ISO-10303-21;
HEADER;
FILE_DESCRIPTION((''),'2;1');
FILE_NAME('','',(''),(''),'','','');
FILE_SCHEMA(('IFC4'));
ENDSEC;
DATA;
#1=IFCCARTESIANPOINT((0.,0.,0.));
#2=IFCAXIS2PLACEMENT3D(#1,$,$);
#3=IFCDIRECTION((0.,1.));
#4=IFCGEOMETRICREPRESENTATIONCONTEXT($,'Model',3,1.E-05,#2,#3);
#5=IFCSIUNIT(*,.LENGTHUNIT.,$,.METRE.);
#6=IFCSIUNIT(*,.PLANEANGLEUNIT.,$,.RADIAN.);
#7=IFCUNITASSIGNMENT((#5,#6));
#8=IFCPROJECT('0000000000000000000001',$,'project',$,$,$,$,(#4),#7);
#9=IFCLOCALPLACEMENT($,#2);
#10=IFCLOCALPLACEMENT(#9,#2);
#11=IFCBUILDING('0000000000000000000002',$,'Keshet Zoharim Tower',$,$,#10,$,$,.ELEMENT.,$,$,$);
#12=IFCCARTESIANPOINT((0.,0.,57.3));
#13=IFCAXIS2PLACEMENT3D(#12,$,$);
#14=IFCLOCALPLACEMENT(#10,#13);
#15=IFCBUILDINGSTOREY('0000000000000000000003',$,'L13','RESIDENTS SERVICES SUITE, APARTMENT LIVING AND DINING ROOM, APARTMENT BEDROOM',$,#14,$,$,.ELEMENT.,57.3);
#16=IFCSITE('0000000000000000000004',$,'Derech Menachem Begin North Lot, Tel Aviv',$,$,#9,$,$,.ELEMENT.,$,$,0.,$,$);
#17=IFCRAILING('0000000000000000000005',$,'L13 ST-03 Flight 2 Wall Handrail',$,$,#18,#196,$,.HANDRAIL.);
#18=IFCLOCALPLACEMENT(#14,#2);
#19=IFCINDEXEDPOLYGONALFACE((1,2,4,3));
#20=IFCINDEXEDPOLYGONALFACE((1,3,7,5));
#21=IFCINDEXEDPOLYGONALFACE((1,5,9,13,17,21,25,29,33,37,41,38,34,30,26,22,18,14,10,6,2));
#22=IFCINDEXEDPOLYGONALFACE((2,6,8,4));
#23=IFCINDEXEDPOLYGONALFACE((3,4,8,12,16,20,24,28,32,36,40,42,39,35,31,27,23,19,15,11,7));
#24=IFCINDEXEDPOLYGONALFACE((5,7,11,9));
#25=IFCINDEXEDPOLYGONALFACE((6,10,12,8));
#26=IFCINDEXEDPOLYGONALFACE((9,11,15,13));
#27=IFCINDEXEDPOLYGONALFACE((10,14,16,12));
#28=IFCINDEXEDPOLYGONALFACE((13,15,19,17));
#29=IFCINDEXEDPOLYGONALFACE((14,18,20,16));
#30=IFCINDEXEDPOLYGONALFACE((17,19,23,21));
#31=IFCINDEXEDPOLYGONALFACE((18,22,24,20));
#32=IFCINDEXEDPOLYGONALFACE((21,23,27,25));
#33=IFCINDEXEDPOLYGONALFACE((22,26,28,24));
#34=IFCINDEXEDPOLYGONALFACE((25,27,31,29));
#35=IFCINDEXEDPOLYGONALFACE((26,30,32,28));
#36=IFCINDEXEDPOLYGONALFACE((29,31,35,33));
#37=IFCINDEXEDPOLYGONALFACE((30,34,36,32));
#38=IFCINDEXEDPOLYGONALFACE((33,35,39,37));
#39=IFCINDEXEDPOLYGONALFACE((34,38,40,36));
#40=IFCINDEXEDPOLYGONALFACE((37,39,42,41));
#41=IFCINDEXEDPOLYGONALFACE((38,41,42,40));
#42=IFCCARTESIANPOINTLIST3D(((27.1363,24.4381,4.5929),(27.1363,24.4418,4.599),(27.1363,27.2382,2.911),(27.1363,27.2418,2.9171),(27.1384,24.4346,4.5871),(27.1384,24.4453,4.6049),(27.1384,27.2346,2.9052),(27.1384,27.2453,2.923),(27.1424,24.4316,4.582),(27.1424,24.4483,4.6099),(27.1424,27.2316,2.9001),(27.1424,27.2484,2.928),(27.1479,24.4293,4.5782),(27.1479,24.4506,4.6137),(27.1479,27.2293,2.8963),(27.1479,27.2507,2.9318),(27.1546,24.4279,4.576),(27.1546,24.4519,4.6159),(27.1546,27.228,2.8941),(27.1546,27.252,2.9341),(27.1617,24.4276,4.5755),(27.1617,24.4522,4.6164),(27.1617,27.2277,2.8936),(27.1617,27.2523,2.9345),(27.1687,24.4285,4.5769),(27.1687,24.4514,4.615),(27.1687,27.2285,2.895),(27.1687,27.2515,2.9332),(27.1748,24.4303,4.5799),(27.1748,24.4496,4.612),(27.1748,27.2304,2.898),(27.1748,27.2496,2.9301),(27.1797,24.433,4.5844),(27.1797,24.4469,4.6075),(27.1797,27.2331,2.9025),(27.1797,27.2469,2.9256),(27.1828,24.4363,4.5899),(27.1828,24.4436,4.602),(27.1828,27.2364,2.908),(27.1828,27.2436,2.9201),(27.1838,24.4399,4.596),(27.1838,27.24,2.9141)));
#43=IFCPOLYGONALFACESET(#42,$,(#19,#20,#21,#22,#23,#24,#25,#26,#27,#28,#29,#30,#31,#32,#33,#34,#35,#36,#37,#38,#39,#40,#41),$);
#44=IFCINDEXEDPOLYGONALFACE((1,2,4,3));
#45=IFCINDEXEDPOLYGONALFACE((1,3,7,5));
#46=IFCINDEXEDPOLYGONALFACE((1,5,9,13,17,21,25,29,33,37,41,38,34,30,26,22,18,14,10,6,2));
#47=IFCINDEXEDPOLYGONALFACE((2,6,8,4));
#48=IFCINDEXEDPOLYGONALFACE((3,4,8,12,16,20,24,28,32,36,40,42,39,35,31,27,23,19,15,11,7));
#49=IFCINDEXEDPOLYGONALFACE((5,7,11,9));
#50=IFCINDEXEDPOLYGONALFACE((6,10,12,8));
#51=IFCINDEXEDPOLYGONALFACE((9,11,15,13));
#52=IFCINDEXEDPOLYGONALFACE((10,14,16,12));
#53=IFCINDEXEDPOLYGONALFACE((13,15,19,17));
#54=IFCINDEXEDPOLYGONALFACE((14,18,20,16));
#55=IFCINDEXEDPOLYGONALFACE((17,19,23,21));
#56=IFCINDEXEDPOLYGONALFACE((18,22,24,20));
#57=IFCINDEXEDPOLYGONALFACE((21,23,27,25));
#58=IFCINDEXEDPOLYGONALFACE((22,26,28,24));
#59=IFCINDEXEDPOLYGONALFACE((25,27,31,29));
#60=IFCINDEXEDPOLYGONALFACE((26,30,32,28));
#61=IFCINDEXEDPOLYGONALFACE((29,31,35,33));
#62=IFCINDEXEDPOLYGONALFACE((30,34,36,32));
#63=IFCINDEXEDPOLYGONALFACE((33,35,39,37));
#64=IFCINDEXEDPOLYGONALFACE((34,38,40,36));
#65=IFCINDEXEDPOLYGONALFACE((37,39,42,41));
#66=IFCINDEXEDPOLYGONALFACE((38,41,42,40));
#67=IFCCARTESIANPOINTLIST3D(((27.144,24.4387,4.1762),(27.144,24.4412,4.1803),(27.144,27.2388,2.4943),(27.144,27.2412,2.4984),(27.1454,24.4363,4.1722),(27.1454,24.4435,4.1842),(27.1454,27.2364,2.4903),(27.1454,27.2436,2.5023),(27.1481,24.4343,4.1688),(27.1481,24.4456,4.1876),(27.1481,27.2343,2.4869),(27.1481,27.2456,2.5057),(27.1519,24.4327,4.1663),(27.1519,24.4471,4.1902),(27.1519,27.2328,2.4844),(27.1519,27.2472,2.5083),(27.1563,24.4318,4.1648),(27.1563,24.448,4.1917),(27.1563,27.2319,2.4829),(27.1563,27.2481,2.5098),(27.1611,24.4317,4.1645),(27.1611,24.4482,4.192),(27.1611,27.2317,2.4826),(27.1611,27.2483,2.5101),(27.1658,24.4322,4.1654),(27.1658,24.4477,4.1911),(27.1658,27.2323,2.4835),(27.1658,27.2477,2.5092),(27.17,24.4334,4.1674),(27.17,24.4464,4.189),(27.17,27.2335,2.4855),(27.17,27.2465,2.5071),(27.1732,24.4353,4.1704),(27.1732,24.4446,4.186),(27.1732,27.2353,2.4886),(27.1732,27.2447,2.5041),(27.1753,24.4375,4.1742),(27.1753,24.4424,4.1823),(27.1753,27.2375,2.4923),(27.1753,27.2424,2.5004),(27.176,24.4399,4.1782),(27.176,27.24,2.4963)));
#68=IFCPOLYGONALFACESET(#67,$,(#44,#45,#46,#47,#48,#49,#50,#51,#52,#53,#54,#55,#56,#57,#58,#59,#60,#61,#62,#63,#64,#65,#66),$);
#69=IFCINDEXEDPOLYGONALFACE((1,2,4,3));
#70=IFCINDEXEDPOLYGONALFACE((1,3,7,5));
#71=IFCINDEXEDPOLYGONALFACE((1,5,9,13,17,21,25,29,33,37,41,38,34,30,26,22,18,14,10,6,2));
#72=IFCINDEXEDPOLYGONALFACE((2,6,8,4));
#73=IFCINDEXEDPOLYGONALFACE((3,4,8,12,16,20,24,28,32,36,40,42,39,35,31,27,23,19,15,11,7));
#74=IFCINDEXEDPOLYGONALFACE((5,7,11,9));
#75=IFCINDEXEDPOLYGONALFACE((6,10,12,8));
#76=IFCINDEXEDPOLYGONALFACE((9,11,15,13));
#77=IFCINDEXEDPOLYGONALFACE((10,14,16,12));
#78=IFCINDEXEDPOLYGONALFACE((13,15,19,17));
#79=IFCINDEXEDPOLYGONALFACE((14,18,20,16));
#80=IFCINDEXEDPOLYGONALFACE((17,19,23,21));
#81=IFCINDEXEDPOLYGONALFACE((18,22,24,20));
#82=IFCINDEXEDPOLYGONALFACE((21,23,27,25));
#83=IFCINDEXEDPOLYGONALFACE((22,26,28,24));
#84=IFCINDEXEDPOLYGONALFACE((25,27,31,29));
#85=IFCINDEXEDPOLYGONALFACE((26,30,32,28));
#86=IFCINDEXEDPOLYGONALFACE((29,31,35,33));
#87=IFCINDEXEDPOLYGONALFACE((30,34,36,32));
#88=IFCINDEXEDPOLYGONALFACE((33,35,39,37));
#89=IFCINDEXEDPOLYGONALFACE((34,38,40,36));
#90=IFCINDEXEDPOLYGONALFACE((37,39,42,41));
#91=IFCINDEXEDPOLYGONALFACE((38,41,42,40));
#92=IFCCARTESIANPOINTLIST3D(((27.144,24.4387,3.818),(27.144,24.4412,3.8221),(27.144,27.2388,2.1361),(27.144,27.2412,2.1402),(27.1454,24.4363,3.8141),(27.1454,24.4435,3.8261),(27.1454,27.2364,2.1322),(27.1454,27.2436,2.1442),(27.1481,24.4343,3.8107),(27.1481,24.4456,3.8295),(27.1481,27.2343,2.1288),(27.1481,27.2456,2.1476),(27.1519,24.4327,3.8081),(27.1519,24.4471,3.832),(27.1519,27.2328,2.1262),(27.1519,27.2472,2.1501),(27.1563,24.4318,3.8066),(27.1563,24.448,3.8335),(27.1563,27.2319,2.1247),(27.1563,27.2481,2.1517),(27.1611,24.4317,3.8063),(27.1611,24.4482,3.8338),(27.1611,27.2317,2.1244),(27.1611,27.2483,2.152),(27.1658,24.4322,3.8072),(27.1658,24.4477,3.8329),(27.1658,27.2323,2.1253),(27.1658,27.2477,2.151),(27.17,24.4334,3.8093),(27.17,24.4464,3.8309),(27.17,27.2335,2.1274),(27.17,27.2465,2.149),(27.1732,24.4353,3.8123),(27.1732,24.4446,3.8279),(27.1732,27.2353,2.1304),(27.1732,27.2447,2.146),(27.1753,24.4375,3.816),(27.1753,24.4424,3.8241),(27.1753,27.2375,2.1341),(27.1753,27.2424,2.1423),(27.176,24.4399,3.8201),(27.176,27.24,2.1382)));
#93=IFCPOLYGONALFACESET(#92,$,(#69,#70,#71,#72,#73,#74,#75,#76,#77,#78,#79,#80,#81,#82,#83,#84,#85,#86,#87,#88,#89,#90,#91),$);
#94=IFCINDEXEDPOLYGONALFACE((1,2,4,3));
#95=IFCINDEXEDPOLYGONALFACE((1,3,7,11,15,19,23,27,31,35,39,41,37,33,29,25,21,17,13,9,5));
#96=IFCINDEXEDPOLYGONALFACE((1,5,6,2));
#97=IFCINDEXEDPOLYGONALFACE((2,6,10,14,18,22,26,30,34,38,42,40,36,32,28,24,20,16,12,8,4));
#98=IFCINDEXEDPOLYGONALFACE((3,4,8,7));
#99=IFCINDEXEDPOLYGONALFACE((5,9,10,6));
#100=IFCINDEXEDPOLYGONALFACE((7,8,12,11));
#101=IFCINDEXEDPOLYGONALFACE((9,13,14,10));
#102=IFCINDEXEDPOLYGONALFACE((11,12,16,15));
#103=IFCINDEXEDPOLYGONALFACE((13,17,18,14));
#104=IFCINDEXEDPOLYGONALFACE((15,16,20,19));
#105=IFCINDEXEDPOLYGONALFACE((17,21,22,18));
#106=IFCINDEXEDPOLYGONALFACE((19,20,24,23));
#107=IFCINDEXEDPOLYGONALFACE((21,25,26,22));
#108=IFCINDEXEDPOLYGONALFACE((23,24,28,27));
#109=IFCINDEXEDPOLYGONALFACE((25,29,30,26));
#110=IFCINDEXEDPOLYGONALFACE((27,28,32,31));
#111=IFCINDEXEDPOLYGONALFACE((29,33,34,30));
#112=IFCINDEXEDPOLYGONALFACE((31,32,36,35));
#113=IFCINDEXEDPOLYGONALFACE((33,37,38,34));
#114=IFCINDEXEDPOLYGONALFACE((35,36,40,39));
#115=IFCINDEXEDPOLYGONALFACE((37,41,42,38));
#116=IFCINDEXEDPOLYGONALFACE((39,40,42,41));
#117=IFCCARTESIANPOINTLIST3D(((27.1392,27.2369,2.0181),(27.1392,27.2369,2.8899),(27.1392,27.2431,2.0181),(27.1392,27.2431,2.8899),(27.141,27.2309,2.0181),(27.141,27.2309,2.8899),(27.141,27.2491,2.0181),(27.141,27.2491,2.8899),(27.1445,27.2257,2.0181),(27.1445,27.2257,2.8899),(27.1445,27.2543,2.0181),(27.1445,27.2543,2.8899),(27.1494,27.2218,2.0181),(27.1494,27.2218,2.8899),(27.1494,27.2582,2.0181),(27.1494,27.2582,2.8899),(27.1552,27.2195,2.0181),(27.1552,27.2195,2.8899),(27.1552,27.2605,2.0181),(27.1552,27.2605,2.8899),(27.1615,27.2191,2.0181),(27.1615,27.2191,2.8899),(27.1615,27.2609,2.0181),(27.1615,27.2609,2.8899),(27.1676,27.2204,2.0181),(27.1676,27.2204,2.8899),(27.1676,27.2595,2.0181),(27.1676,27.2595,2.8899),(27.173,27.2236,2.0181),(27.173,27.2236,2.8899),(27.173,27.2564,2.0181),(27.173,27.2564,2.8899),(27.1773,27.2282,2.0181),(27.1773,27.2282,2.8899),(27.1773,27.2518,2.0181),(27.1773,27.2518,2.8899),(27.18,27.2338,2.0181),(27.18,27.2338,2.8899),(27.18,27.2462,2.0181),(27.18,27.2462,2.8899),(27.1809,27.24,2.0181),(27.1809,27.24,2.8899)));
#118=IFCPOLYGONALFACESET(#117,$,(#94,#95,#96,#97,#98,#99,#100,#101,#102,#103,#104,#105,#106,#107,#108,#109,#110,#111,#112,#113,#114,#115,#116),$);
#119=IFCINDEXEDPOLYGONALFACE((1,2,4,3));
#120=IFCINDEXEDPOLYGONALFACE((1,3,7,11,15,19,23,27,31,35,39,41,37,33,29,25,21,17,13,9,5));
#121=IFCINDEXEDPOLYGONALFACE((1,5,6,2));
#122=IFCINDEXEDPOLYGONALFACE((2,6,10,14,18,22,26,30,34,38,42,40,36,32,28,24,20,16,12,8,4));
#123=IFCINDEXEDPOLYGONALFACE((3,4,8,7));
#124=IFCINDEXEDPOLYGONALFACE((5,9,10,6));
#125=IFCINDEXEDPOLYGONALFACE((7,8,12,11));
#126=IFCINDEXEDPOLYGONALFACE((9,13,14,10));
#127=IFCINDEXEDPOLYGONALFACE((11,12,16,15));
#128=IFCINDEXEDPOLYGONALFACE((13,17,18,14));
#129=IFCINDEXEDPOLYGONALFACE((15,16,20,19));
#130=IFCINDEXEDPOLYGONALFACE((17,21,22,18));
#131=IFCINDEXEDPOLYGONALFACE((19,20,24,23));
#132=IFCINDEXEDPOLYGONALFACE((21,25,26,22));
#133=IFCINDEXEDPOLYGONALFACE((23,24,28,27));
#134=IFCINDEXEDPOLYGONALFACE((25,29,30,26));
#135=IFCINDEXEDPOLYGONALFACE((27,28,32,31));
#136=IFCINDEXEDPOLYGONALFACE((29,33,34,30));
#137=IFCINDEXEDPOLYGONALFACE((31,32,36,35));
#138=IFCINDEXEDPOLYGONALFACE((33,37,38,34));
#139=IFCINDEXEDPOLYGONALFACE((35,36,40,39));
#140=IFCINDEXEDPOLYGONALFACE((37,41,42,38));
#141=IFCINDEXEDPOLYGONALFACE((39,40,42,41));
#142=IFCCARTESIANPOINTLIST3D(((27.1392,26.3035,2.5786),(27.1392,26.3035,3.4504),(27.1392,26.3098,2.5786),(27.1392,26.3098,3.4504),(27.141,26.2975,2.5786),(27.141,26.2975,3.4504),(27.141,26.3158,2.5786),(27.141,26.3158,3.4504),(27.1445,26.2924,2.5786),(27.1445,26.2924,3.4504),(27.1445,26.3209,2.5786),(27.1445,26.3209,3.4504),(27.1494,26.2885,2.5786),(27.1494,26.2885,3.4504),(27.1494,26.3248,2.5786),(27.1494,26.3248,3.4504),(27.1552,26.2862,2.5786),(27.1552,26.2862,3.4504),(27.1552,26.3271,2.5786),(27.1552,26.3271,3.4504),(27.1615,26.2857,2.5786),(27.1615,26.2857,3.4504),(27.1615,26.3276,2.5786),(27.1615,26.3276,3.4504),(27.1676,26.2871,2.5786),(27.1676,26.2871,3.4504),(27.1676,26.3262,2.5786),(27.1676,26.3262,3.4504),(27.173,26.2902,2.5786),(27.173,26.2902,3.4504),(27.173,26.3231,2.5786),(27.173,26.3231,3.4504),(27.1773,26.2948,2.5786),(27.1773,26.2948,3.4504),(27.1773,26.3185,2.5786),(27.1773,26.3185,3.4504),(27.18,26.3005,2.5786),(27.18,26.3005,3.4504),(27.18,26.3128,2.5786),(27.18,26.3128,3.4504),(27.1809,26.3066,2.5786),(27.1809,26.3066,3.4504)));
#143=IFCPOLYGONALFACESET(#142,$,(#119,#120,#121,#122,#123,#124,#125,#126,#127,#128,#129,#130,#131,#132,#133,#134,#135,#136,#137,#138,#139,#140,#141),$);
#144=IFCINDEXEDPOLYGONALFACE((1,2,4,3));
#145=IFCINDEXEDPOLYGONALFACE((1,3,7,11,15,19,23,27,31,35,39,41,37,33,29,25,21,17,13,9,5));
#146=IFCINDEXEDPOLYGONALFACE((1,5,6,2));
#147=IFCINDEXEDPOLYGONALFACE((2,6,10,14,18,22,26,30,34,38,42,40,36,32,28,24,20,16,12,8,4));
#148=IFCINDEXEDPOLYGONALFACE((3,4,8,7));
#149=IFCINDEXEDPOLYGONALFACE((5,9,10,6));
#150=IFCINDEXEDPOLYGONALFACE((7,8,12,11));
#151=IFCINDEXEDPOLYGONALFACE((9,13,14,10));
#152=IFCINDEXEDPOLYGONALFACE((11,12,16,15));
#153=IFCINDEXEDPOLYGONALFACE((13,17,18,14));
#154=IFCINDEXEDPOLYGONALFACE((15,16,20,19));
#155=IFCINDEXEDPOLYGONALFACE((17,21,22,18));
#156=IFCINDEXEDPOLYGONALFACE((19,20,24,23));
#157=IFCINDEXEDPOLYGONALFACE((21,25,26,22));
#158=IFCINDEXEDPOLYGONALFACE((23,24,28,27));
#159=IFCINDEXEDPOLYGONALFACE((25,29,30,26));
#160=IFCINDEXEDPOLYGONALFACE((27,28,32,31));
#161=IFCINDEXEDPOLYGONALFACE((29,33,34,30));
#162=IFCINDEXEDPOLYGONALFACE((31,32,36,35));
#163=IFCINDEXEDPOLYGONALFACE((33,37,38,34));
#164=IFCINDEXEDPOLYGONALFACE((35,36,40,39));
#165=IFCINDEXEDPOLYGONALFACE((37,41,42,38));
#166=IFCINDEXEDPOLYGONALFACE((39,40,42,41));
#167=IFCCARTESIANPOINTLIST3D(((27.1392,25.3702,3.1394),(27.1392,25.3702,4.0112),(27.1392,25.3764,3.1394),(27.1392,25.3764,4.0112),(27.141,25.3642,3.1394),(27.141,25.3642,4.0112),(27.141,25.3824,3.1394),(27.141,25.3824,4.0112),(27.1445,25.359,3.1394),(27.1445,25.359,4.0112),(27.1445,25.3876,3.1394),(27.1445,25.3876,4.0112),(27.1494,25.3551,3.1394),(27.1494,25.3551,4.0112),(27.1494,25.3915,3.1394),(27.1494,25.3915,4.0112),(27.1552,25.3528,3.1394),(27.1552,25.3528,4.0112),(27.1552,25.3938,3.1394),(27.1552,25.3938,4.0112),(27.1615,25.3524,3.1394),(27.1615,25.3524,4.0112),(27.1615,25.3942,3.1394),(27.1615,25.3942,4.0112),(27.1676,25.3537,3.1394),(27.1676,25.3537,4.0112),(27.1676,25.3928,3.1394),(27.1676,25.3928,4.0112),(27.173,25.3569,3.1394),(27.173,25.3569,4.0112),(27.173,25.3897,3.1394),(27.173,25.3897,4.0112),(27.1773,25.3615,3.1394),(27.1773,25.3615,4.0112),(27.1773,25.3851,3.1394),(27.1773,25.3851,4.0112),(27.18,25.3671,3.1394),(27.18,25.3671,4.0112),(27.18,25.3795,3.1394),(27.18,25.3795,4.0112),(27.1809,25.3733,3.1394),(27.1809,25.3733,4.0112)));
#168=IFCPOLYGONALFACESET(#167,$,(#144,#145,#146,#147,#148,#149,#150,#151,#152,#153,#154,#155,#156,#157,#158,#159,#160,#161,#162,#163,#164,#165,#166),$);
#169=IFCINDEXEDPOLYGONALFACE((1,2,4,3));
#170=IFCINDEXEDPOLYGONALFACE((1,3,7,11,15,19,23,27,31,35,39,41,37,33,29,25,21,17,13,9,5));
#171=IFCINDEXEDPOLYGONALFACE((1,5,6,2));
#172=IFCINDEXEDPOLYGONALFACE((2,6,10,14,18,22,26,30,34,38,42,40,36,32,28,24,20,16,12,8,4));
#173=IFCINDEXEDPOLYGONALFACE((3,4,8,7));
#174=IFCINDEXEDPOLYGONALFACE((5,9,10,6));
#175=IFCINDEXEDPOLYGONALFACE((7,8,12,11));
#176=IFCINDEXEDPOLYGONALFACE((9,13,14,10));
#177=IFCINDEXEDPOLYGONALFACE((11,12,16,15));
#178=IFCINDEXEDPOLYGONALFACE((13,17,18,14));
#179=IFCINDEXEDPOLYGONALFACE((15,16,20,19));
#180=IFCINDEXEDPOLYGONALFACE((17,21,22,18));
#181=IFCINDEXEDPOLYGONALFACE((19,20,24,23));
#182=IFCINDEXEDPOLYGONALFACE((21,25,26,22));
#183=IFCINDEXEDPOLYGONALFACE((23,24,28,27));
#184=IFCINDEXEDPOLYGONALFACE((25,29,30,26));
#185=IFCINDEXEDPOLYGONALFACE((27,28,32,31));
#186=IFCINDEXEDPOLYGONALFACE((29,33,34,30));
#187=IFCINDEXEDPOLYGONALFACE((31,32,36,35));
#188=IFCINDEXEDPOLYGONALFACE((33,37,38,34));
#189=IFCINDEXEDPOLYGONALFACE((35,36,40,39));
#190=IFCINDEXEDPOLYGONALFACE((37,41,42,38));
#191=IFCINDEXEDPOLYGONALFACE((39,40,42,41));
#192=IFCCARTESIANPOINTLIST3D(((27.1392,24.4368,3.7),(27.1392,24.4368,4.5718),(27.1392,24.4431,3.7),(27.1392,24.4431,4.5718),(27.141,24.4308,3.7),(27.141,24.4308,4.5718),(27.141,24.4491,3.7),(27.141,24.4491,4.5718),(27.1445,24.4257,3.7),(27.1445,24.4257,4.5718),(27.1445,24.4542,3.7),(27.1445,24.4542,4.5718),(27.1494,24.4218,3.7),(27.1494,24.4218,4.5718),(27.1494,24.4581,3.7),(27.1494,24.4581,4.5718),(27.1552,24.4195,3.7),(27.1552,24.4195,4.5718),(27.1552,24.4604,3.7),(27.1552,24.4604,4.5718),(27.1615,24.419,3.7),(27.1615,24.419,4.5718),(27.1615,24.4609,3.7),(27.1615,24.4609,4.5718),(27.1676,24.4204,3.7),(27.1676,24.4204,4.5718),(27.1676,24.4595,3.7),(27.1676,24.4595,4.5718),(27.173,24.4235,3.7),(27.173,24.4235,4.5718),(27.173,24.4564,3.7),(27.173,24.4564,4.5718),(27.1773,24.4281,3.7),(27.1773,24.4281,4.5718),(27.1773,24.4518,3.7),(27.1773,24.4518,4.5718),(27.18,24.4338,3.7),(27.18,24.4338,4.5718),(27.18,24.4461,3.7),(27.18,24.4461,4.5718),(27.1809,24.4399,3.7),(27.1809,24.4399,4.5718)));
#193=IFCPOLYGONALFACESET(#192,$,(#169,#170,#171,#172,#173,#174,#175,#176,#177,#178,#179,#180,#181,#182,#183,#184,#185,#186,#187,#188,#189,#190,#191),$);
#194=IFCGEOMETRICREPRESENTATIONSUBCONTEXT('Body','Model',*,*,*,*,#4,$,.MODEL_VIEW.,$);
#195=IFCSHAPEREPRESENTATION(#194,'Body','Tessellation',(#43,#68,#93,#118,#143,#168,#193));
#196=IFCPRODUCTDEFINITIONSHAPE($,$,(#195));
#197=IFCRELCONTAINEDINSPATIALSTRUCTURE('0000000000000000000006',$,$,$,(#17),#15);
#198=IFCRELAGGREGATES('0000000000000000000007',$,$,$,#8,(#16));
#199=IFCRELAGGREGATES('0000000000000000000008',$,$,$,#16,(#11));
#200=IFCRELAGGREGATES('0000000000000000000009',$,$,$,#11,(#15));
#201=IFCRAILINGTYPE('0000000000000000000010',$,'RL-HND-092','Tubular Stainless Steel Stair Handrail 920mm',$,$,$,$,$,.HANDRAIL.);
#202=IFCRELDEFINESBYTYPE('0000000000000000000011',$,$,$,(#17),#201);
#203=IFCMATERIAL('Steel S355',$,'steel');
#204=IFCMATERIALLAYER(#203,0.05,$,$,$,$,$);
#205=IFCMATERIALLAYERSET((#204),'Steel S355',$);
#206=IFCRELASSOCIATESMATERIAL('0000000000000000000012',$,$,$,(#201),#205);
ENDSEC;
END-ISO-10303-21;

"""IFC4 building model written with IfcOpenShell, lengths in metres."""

from ifc_helpers import new_model, si_unit, direction, frame, origin, origin_2d, place, context, subcontext, project, spatial, circle, extrude, material, layer, layer_set, type_object, element, save


model = new_model("IFC4")

# Units and contexts
model_context = context("Model", 3, precision=1e-05, world=origin(), true_north=direction((0.0, 1.0)))
body_context = subcontext(model_context, "Body", "Model", "MODEL_VIEW")
ifc_project = project(units=[si_unit("LENGTHUNIT", "METRE"), si_unit("PLANEANGLEUNIT", "RADIAN")], contexts=[model_context])

# Site, building, storey
site_placement = place(None, origin())
site = spatial("IfcSite", under=ifc_project, at=site_placement, Name="Derech Menachem Begin North Lot, Tel Aviv", CompositionType="ELEMENT", RefElevation=0.0)
building_placement = place(site_placement, origin())
building = spatial("IfcBuilding", under=site, at=building_placement, Name="Keshet Zoharim Tower", CompositionType="ELEMENT")
storey_placement = place(building_placement, frame((0.0, 0.0, 57.3)))
storey = spatial("IfcBuildingStorey", under=building, at=storey_placement, Name="L13", Description="RESIDENTS SERVICES SUITE, APARTMENT LIVING AND DINING ROOM, APARTMENT BEDROOM", CompositionType="ELEMENT", Elevation=57.3)

# Shared definitions
ifc_material_1 = material(Name="Steel S355", Category="steel")

# Railing
ifc_layer_1 = layer(ifc_material_1, 0.05)
ifc_layer_set_1 = layer_set([ifc_layer_1], Name="Steel S355")
railing_type = type_object("IfcRailingType", Name="RL-HND-092", Description="Tubular Stainless Steel Stair Handrail 920mm", PredefinedType="HANDRAIL", material=ifc_layer_set_1)
railing_placement = place(storey_placement, frame((27.1599, 27.24, 2.0181)))
element("IfcRailing", 1, at=railing_placement, inside=storey, type_object=railing_type, Name="L13 ST-03 Flight 2 Wall Handrail", PredefinedType="HANDRAIL", context=body_context, shape_type="SweptSolid", body=[
    extrude(circle(Radius=0.0239, at=origin_2d()), frame((0.0, 0.0, 0.896), z_axis=(0.0, -0.857242, 0.514913), x_axis=(1.0, 0.0, 0.0)), (0.0, 0.0, 1.0), 3.2664),
    extrude(circle(Radius=0.0161, at=origin_2d()), frame((0.0, 0.0, 0.4783), z_axis=(0.0, -0.857242, 0.514913), x_axis=(1.0, 0.0, 0.0)), (0.0, 0.0, 1.0), 3.2664),
    extrude(circle(Radius=0.0161, at=origin_2d()), frame((0.0, 0.0, 0.1201), z_axis=(0.0, -0.857242, 0.514913), x_axis=(1.0, 0.0, 0.0)), (0.0, 0.0, 1.0), 3.2664),
    extrude(circle(Radius=0.021, at=origin_2d()), origin(), (0.0, 0.0, 1.0), 0.8718),
    extrude(circle(Radius=0.021, at=origin_2d()), frame((0.0, -0.9333, 0.5605)), (0.0, 0.0, 1.0), 0.8718),
    extrude(circle(Radius=0.021, at=origin_2d()), frame((0.0, -1.8667, 1.1213)), (0.0, 0.0, 1.0), 0.8718),
    extrude(circle(Radius=0.021, at=origin_2d()), frame((0.0, -2.8, 1.6819)), (0.0, 0.0, 1.0), 0.8718),
])

save(model, "model.ifc")
